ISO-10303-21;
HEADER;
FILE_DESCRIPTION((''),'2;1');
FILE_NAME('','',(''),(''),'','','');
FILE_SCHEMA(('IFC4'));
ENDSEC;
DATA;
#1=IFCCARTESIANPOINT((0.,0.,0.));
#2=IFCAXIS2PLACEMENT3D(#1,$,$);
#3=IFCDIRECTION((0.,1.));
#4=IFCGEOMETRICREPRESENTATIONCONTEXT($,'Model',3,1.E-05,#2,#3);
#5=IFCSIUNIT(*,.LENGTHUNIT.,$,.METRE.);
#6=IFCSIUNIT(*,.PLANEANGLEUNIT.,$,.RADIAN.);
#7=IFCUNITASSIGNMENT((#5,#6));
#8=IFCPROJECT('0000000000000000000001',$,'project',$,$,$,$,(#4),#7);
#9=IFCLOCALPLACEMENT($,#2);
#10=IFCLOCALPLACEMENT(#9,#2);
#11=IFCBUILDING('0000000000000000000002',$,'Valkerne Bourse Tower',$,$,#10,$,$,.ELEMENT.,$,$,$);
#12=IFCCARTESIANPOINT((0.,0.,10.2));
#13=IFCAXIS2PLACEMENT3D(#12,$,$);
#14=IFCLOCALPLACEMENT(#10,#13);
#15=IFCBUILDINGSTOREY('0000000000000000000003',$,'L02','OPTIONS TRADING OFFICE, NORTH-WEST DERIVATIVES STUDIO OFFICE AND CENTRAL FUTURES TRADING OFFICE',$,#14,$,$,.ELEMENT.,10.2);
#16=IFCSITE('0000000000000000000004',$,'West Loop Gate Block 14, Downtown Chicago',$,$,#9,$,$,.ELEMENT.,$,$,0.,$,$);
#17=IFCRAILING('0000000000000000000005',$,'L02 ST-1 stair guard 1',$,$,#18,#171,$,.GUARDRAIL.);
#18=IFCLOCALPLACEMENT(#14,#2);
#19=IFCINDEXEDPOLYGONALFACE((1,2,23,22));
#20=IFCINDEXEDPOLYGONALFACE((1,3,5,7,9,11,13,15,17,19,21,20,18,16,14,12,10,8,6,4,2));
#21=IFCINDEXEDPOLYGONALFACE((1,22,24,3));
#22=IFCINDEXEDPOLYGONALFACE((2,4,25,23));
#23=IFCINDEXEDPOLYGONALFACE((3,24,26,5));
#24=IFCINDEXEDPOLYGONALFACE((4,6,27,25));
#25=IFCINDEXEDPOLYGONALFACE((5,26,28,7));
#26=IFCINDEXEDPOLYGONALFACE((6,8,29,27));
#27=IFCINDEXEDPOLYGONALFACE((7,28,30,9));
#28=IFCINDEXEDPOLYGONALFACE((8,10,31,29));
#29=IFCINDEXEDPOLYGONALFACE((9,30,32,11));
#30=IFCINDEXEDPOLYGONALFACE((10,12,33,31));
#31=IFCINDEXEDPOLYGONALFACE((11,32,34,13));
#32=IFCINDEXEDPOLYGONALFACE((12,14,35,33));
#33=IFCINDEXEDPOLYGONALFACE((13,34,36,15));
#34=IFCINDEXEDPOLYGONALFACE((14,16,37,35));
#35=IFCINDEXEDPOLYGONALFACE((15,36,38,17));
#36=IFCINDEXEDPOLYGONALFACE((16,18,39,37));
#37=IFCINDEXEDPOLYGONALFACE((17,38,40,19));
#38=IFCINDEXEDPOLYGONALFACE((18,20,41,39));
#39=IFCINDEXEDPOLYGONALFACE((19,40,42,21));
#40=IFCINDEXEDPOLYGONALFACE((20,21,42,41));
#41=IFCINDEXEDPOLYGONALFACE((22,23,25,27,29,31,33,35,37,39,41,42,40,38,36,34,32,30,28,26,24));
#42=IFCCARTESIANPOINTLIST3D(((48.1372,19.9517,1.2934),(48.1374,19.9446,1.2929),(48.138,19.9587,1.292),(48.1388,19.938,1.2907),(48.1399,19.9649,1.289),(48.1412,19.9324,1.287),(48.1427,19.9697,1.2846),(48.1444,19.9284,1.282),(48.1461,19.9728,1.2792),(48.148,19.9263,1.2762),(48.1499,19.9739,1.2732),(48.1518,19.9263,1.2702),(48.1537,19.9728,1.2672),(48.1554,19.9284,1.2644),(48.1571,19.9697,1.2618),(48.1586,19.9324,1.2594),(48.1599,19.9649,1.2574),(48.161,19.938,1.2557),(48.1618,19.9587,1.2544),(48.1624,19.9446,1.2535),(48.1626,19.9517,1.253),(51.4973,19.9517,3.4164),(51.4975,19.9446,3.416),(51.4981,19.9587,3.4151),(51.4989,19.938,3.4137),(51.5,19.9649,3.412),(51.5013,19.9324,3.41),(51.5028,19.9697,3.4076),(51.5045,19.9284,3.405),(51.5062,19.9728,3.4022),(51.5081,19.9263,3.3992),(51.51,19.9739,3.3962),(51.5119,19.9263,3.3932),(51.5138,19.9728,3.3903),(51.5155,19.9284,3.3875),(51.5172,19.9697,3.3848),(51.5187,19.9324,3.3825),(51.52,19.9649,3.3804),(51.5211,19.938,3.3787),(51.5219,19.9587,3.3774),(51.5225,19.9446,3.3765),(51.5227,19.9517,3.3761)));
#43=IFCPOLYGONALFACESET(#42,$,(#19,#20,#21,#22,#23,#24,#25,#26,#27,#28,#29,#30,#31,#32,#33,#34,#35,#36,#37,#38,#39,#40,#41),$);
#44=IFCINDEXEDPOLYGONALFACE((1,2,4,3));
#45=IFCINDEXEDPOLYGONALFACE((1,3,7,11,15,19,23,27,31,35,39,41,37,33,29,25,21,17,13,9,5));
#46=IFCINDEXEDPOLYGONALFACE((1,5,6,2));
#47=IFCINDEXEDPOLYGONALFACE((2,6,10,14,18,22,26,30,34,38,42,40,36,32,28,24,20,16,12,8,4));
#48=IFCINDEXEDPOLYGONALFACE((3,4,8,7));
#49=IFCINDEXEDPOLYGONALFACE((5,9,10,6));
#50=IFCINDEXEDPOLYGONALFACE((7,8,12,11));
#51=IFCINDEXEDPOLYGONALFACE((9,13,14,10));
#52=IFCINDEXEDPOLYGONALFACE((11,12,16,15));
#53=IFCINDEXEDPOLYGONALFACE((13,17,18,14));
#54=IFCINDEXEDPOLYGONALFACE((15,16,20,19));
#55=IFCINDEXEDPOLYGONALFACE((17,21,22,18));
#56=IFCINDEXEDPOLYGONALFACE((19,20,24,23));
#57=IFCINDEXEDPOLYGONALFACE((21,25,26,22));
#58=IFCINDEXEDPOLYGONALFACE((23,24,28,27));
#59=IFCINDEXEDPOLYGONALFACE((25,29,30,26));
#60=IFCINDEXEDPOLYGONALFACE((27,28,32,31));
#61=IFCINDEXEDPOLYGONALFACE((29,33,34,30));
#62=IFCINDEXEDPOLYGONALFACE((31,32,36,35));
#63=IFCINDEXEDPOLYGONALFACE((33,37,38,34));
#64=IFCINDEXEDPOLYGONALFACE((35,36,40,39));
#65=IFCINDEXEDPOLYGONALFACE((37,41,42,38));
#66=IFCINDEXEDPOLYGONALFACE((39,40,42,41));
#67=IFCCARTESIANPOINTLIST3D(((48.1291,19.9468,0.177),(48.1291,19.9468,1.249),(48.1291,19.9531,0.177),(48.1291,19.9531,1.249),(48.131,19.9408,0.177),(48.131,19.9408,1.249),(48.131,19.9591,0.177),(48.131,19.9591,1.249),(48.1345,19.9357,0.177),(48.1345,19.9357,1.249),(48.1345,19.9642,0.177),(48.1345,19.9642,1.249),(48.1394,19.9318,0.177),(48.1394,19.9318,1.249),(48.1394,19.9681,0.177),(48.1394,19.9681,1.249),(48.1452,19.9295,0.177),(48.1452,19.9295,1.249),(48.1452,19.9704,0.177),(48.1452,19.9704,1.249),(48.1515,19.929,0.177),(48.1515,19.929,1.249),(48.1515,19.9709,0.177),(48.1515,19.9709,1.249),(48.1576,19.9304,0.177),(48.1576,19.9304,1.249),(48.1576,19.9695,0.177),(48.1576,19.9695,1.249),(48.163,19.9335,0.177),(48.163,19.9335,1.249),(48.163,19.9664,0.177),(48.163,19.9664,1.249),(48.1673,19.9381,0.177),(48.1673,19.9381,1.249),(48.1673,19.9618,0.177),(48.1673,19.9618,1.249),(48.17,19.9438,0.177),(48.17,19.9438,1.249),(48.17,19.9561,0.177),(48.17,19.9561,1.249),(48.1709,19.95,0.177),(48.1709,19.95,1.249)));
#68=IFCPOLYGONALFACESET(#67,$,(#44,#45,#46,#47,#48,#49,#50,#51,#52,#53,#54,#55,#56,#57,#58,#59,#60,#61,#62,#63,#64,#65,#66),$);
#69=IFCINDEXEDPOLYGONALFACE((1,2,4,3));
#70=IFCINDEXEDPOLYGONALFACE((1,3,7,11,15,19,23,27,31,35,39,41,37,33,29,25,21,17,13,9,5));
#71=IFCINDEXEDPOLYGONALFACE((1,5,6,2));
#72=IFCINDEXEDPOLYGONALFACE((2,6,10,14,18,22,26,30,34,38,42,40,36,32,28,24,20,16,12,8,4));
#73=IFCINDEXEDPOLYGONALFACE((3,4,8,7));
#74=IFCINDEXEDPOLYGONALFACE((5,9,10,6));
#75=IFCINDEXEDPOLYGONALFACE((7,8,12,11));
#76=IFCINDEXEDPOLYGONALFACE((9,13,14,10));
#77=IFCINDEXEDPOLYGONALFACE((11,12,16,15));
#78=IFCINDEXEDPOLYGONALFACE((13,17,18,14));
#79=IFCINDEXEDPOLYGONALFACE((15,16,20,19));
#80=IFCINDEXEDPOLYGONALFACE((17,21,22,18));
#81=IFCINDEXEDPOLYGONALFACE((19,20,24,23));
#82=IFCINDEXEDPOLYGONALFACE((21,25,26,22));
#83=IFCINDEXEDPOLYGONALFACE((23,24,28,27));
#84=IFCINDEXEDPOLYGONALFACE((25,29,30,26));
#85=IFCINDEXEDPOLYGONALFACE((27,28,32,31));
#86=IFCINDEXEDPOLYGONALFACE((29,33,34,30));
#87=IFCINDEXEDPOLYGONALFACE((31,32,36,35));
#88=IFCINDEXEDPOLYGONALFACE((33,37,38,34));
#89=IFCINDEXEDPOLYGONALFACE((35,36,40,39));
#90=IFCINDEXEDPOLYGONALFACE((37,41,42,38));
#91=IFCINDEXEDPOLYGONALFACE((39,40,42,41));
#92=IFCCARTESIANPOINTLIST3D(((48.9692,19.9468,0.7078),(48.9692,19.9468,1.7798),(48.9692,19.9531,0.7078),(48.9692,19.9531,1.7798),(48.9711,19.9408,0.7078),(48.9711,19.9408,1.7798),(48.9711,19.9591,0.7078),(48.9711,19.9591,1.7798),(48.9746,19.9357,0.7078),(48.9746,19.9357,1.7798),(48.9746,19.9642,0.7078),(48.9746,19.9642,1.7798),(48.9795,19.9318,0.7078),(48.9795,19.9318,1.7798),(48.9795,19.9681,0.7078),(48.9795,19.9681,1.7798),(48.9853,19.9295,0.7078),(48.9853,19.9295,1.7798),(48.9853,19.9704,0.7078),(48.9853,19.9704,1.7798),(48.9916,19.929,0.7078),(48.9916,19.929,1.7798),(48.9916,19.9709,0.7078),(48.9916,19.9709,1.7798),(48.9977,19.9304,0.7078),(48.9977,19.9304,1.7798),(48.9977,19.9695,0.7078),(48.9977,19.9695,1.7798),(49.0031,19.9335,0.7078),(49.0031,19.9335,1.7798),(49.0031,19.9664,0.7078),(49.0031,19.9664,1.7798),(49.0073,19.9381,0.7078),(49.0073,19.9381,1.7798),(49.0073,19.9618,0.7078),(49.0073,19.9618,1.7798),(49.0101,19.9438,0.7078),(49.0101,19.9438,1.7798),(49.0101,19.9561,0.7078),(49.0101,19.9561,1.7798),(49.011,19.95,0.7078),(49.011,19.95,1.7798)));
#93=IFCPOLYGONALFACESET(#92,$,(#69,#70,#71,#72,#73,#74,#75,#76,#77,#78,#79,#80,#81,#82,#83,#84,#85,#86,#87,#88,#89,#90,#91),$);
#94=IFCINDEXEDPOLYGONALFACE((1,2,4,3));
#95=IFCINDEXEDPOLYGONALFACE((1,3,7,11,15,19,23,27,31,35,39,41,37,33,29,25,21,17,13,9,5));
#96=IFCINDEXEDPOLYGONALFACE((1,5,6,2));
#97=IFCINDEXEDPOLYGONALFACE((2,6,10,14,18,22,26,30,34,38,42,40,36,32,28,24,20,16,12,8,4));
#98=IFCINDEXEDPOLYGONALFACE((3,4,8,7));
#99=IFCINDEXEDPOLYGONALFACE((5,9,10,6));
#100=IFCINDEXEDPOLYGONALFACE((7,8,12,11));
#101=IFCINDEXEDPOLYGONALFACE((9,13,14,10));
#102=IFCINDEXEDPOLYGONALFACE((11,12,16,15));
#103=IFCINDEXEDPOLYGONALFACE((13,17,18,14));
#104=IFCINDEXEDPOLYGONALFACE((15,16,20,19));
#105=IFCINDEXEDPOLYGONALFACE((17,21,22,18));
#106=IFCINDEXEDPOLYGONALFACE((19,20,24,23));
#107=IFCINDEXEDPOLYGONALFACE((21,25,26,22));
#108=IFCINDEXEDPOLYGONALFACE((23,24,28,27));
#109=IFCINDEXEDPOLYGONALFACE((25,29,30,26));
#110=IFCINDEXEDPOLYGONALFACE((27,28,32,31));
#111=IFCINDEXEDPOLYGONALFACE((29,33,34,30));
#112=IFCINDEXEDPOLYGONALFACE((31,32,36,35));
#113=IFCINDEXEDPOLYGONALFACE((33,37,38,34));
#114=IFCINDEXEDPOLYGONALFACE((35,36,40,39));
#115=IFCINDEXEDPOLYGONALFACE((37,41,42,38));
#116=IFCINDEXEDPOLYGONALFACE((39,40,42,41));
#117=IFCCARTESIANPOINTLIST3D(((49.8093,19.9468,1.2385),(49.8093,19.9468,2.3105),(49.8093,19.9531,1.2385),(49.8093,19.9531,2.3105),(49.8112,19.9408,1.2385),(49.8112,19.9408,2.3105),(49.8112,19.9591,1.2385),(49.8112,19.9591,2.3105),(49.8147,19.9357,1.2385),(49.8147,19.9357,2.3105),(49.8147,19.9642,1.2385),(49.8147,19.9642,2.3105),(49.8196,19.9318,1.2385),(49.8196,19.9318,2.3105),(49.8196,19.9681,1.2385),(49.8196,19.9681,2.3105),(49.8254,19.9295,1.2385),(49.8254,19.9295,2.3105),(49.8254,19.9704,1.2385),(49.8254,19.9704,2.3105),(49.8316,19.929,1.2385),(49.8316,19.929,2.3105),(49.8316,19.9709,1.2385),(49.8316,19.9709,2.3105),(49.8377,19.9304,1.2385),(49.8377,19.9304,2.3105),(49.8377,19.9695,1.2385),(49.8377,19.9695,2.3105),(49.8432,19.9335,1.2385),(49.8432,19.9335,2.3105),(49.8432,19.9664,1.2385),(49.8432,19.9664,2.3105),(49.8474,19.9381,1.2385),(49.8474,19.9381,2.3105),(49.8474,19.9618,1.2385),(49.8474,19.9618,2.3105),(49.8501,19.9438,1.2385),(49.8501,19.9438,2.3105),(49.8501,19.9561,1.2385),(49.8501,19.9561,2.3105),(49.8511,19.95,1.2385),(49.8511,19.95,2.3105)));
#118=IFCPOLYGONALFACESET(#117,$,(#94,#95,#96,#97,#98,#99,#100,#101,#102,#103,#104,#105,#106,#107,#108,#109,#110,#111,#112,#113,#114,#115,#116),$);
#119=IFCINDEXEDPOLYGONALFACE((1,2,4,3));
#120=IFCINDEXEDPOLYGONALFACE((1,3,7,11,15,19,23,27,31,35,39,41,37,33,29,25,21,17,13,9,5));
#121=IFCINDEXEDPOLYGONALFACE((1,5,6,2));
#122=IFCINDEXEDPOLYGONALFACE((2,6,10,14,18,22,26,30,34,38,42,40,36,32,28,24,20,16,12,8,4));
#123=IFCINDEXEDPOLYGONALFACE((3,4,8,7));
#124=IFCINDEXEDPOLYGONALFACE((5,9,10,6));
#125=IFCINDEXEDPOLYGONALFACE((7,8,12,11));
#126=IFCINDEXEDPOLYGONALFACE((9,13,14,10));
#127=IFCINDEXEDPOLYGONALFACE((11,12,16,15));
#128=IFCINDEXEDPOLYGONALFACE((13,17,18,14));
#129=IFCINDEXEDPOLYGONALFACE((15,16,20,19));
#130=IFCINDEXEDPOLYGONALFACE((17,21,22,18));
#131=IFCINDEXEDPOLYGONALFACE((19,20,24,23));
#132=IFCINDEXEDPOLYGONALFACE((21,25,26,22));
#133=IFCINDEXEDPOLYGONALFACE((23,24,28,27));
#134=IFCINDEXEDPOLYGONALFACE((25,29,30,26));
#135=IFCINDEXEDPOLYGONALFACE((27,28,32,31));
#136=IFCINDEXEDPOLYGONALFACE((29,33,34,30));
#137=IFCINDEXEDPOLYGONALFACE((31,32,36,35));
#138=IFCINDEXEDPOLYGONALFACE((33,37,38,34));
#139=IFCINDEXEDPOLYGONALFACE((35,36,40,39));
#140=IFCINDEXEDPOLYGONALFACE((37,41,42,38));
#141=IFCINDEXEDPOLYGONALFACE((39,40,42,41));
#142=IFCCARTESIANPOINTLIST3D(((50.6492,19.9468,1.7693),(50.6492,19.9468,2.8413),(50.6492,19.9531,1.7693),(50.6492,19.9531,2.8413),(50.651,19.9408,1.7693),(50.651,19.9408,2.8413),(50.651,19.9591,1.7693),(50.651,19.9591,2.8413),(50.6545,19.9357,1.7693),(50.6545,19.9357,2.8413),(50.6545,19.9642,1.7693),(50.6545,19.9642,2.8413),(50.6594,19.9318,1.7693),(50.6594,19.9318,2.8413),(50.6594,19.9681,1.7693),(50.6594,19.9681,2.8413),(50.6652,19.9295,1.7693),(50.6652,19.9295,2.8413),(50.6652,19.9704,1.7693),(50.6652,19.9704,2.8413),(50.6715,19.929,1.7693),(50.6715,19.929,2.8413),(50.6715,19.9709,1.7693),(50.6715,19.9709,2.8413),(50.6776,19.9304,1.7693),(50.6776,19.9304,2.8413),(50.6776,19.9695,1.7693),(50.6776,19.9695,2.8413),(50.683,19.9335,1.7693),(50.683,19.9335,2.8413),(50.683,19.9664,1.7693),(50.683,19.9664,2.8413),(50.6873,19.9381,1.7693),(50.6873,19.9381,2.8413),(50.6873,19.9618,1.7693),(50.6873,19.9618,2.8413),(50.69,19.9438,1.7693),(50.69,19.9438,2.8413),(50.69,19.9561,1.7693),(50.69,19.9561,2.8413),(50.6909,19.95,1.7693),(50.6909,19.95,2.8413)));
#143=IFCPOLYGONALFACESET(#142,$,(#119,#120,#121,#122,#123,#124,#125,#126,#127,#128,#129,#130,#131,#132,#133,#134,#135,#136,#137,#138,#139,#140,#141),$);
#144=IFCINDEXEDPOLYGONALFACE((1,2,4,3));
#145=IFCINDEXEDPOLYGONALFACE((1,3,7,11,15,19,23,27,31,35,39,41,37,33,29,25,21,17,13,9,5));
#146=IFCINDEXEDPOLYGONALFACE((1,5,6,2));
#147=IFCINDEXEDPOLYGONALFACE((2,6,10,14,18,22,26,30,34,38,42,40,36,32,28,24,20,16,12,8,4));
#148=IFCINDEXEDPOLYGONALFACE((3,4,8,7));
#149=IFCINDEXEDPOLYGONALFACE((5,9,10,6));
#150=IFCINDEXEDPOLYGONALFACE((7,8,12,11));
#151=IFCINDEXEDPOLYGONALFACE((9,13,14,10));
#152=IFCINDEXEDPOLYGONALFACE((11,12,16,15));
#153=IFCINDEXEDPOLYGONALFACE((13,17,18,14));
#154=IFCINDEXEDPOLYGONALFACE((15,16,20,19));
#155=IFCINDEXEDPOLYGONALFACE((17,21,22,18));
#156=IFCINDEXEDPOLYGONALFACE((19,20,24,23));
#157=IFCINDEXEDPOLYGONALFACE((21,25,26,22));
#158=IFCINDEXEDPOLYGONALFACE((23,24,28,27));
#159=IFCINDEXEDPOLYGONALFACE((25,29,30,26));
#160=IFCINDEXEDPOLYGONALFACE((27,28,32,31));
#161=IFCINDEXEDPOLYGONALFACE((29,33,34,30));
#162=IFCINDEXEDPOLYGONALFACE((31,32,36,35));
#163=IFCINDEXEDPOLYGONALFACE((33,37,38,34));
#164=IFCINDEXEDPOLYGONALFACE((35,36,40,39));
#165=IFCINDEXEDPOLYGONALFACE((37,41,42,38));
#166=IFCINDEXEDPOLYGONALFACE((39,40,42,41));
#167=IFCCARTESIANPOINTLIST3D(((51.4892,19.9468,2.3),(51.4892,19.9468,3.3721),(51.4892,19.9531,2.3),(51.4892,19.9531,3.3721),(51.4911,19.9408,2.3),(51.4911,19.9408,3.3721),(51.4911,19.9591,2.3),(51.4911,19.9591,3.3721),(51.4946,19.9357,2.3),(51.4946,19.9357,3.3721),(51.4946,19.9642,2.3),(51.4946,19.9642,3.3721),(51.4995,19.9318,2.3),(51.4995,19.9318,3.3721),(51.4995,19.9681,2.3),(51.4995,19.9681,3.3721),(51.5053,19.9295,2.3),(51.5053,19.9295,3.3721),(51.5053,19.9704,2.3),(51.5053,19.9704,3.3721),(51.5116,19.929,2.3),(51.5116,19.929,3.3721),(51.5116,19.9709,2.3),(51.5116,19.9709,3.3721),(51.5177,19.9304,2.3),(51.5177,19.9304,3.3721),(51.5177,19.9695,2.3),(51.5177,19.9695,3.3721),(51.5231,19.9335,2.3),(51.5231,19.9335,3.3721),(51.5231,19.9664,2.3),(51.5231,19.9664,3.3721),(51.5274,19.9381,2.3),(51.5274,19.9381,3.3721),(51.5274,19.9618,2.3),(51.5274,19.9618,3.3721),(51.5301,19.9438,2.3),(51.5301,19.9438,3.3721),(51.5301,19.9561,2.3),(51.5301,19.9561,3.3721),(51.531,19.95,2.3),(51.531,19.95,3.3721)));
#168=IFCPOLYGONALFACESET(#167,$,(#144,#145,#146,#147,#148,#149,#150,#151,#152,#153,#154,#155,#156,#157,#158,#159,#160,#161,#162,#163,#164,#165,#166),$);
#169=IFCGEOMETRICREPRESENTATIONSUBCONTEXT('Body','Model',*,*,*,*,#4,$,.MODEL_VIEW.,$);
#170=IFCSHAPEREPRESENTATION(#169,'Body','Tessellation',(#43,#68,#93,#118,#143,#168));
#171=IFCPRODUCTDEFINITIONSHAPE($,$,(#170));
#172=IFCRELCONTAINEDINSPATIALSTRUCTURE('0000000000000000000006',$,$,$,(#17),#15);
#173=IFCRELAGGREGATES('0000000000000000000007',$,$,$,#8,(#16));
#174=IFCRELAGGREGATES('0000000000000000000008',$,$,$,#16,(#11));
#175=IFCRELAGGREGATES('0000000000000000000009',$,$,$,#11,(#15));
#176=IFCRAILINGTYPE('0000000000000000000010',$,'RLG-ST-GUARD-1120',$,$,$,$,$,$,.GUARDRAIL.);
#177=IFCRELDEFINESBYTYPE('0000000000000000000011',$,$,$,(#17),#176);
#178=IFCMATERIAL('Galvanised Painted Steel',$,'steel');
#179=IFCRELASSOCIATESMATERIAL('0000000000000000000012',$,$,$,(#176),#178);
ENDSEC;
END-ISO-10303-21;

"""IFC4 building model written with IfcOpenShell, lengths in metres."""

from ifc_helpers import new_model, si_unit, direction, frame, origin, origin_2d, place, context, subcontext, project, spatial, circle, extrude, material, type_object, element, save


model = new_model("IFC4")

# Units and contexts
model_context = context("Model", 3, precision=1e-05, world=origin(), true_north=direction((0.0, 1.0)))
body_context = subcontext(model_context, "Body", "Model", "MODEL_VIEW")
ifc_project = project(units=[si_unit("LENGTHUNIT", "METRE"), si_unit("PLANEANGLEUNIT", "RADIAN")], contexts=[model_context])

# Site, building, storey
site_placement = place(None, origin())
site = spatial("IfcSite", under=ifc_project, at=site_placement, Name="West Loop Gate Block 14, Downtown Chicago", CompositionType="ELEMENT", RefElevation=0.0)
building_placement = place(site_placement, origin())
building = spatial("IfcBuilding", under=site, at=building_placement, Name="Valkerne Bourse Tower", CompositionType="ELEMENT")
storey_placement = place(building_placement, frame((0.0, 0.0, 10.2)))
storey = spatial("IfcBuildingStorey", under=building, at=storey_placement, Name="L02", Description="OPTIONS TRADING OFFICE, NORTH-WEST DERIVATIVES STUDIO OFFICE AND CENTRAL FUTURES TRADING OFFICE", CompositionType="ELEMENT", Elevation=10.2)

# Shared definitions
ifc_material_1 = material(Name="Galvanised Painted Steel", Category="steel")

# Railing
railing_type_1 = type_object("IfcRailingType", Name="RLG-ST-GUARD-1120", PredefinedType="GUARDRAIL", material=ifc_material_1)
railing_1_placement = place(storey_placement, frame((48.1499, 19.95, 0.177)))
element("IfcRailing", 1, at=railing_1_placement, inside=storey, type_object=railing_type_1, Name="L02 ST-1 stair guard 1", PredefinedType="GUARDRAIL", context=body_context, shape_type="SweptSolid", body=[
    extrude(circle(Radius=0.0239, at=origin_2d()), frame((0.0, 0.0, 1.0962), z_axis=(0.84539, 0.0, 0.53415), x_axis=(0.0, 1.0, 0.0)), (0.0, 0.0, 1.0), 3.9746),
    extrude(circle(Radius=0.021, at=origin_2d()), origin(), (0.0, 0.0, 1.0), 1.072),
    extrude(circle(Radius=0.021, at=origin_2d()), frame((0.8401, 0.0, 0.5308)), (0.0, 0.0, 1.0), 1.072),
    extrude(circle(Radius=0.021, at=origin_2d()), frame((1.6802, 0.0, 1.0615)), (0.0, 0.0, 1.0), 1.072),
    extrude(circle(Radius=0.021, at=origin_2d()), frame((2.52, 0.0, 1.5923)), (0.0, 0.0, 1.0), 1.072),
    extrude(circle(Radius=0.021, at=origin_2d()), frame((3.3601, 0.0, 2.123)), (0.0, 0.0, 1.0), 1.072),
])

save(model, "model.ifc")
